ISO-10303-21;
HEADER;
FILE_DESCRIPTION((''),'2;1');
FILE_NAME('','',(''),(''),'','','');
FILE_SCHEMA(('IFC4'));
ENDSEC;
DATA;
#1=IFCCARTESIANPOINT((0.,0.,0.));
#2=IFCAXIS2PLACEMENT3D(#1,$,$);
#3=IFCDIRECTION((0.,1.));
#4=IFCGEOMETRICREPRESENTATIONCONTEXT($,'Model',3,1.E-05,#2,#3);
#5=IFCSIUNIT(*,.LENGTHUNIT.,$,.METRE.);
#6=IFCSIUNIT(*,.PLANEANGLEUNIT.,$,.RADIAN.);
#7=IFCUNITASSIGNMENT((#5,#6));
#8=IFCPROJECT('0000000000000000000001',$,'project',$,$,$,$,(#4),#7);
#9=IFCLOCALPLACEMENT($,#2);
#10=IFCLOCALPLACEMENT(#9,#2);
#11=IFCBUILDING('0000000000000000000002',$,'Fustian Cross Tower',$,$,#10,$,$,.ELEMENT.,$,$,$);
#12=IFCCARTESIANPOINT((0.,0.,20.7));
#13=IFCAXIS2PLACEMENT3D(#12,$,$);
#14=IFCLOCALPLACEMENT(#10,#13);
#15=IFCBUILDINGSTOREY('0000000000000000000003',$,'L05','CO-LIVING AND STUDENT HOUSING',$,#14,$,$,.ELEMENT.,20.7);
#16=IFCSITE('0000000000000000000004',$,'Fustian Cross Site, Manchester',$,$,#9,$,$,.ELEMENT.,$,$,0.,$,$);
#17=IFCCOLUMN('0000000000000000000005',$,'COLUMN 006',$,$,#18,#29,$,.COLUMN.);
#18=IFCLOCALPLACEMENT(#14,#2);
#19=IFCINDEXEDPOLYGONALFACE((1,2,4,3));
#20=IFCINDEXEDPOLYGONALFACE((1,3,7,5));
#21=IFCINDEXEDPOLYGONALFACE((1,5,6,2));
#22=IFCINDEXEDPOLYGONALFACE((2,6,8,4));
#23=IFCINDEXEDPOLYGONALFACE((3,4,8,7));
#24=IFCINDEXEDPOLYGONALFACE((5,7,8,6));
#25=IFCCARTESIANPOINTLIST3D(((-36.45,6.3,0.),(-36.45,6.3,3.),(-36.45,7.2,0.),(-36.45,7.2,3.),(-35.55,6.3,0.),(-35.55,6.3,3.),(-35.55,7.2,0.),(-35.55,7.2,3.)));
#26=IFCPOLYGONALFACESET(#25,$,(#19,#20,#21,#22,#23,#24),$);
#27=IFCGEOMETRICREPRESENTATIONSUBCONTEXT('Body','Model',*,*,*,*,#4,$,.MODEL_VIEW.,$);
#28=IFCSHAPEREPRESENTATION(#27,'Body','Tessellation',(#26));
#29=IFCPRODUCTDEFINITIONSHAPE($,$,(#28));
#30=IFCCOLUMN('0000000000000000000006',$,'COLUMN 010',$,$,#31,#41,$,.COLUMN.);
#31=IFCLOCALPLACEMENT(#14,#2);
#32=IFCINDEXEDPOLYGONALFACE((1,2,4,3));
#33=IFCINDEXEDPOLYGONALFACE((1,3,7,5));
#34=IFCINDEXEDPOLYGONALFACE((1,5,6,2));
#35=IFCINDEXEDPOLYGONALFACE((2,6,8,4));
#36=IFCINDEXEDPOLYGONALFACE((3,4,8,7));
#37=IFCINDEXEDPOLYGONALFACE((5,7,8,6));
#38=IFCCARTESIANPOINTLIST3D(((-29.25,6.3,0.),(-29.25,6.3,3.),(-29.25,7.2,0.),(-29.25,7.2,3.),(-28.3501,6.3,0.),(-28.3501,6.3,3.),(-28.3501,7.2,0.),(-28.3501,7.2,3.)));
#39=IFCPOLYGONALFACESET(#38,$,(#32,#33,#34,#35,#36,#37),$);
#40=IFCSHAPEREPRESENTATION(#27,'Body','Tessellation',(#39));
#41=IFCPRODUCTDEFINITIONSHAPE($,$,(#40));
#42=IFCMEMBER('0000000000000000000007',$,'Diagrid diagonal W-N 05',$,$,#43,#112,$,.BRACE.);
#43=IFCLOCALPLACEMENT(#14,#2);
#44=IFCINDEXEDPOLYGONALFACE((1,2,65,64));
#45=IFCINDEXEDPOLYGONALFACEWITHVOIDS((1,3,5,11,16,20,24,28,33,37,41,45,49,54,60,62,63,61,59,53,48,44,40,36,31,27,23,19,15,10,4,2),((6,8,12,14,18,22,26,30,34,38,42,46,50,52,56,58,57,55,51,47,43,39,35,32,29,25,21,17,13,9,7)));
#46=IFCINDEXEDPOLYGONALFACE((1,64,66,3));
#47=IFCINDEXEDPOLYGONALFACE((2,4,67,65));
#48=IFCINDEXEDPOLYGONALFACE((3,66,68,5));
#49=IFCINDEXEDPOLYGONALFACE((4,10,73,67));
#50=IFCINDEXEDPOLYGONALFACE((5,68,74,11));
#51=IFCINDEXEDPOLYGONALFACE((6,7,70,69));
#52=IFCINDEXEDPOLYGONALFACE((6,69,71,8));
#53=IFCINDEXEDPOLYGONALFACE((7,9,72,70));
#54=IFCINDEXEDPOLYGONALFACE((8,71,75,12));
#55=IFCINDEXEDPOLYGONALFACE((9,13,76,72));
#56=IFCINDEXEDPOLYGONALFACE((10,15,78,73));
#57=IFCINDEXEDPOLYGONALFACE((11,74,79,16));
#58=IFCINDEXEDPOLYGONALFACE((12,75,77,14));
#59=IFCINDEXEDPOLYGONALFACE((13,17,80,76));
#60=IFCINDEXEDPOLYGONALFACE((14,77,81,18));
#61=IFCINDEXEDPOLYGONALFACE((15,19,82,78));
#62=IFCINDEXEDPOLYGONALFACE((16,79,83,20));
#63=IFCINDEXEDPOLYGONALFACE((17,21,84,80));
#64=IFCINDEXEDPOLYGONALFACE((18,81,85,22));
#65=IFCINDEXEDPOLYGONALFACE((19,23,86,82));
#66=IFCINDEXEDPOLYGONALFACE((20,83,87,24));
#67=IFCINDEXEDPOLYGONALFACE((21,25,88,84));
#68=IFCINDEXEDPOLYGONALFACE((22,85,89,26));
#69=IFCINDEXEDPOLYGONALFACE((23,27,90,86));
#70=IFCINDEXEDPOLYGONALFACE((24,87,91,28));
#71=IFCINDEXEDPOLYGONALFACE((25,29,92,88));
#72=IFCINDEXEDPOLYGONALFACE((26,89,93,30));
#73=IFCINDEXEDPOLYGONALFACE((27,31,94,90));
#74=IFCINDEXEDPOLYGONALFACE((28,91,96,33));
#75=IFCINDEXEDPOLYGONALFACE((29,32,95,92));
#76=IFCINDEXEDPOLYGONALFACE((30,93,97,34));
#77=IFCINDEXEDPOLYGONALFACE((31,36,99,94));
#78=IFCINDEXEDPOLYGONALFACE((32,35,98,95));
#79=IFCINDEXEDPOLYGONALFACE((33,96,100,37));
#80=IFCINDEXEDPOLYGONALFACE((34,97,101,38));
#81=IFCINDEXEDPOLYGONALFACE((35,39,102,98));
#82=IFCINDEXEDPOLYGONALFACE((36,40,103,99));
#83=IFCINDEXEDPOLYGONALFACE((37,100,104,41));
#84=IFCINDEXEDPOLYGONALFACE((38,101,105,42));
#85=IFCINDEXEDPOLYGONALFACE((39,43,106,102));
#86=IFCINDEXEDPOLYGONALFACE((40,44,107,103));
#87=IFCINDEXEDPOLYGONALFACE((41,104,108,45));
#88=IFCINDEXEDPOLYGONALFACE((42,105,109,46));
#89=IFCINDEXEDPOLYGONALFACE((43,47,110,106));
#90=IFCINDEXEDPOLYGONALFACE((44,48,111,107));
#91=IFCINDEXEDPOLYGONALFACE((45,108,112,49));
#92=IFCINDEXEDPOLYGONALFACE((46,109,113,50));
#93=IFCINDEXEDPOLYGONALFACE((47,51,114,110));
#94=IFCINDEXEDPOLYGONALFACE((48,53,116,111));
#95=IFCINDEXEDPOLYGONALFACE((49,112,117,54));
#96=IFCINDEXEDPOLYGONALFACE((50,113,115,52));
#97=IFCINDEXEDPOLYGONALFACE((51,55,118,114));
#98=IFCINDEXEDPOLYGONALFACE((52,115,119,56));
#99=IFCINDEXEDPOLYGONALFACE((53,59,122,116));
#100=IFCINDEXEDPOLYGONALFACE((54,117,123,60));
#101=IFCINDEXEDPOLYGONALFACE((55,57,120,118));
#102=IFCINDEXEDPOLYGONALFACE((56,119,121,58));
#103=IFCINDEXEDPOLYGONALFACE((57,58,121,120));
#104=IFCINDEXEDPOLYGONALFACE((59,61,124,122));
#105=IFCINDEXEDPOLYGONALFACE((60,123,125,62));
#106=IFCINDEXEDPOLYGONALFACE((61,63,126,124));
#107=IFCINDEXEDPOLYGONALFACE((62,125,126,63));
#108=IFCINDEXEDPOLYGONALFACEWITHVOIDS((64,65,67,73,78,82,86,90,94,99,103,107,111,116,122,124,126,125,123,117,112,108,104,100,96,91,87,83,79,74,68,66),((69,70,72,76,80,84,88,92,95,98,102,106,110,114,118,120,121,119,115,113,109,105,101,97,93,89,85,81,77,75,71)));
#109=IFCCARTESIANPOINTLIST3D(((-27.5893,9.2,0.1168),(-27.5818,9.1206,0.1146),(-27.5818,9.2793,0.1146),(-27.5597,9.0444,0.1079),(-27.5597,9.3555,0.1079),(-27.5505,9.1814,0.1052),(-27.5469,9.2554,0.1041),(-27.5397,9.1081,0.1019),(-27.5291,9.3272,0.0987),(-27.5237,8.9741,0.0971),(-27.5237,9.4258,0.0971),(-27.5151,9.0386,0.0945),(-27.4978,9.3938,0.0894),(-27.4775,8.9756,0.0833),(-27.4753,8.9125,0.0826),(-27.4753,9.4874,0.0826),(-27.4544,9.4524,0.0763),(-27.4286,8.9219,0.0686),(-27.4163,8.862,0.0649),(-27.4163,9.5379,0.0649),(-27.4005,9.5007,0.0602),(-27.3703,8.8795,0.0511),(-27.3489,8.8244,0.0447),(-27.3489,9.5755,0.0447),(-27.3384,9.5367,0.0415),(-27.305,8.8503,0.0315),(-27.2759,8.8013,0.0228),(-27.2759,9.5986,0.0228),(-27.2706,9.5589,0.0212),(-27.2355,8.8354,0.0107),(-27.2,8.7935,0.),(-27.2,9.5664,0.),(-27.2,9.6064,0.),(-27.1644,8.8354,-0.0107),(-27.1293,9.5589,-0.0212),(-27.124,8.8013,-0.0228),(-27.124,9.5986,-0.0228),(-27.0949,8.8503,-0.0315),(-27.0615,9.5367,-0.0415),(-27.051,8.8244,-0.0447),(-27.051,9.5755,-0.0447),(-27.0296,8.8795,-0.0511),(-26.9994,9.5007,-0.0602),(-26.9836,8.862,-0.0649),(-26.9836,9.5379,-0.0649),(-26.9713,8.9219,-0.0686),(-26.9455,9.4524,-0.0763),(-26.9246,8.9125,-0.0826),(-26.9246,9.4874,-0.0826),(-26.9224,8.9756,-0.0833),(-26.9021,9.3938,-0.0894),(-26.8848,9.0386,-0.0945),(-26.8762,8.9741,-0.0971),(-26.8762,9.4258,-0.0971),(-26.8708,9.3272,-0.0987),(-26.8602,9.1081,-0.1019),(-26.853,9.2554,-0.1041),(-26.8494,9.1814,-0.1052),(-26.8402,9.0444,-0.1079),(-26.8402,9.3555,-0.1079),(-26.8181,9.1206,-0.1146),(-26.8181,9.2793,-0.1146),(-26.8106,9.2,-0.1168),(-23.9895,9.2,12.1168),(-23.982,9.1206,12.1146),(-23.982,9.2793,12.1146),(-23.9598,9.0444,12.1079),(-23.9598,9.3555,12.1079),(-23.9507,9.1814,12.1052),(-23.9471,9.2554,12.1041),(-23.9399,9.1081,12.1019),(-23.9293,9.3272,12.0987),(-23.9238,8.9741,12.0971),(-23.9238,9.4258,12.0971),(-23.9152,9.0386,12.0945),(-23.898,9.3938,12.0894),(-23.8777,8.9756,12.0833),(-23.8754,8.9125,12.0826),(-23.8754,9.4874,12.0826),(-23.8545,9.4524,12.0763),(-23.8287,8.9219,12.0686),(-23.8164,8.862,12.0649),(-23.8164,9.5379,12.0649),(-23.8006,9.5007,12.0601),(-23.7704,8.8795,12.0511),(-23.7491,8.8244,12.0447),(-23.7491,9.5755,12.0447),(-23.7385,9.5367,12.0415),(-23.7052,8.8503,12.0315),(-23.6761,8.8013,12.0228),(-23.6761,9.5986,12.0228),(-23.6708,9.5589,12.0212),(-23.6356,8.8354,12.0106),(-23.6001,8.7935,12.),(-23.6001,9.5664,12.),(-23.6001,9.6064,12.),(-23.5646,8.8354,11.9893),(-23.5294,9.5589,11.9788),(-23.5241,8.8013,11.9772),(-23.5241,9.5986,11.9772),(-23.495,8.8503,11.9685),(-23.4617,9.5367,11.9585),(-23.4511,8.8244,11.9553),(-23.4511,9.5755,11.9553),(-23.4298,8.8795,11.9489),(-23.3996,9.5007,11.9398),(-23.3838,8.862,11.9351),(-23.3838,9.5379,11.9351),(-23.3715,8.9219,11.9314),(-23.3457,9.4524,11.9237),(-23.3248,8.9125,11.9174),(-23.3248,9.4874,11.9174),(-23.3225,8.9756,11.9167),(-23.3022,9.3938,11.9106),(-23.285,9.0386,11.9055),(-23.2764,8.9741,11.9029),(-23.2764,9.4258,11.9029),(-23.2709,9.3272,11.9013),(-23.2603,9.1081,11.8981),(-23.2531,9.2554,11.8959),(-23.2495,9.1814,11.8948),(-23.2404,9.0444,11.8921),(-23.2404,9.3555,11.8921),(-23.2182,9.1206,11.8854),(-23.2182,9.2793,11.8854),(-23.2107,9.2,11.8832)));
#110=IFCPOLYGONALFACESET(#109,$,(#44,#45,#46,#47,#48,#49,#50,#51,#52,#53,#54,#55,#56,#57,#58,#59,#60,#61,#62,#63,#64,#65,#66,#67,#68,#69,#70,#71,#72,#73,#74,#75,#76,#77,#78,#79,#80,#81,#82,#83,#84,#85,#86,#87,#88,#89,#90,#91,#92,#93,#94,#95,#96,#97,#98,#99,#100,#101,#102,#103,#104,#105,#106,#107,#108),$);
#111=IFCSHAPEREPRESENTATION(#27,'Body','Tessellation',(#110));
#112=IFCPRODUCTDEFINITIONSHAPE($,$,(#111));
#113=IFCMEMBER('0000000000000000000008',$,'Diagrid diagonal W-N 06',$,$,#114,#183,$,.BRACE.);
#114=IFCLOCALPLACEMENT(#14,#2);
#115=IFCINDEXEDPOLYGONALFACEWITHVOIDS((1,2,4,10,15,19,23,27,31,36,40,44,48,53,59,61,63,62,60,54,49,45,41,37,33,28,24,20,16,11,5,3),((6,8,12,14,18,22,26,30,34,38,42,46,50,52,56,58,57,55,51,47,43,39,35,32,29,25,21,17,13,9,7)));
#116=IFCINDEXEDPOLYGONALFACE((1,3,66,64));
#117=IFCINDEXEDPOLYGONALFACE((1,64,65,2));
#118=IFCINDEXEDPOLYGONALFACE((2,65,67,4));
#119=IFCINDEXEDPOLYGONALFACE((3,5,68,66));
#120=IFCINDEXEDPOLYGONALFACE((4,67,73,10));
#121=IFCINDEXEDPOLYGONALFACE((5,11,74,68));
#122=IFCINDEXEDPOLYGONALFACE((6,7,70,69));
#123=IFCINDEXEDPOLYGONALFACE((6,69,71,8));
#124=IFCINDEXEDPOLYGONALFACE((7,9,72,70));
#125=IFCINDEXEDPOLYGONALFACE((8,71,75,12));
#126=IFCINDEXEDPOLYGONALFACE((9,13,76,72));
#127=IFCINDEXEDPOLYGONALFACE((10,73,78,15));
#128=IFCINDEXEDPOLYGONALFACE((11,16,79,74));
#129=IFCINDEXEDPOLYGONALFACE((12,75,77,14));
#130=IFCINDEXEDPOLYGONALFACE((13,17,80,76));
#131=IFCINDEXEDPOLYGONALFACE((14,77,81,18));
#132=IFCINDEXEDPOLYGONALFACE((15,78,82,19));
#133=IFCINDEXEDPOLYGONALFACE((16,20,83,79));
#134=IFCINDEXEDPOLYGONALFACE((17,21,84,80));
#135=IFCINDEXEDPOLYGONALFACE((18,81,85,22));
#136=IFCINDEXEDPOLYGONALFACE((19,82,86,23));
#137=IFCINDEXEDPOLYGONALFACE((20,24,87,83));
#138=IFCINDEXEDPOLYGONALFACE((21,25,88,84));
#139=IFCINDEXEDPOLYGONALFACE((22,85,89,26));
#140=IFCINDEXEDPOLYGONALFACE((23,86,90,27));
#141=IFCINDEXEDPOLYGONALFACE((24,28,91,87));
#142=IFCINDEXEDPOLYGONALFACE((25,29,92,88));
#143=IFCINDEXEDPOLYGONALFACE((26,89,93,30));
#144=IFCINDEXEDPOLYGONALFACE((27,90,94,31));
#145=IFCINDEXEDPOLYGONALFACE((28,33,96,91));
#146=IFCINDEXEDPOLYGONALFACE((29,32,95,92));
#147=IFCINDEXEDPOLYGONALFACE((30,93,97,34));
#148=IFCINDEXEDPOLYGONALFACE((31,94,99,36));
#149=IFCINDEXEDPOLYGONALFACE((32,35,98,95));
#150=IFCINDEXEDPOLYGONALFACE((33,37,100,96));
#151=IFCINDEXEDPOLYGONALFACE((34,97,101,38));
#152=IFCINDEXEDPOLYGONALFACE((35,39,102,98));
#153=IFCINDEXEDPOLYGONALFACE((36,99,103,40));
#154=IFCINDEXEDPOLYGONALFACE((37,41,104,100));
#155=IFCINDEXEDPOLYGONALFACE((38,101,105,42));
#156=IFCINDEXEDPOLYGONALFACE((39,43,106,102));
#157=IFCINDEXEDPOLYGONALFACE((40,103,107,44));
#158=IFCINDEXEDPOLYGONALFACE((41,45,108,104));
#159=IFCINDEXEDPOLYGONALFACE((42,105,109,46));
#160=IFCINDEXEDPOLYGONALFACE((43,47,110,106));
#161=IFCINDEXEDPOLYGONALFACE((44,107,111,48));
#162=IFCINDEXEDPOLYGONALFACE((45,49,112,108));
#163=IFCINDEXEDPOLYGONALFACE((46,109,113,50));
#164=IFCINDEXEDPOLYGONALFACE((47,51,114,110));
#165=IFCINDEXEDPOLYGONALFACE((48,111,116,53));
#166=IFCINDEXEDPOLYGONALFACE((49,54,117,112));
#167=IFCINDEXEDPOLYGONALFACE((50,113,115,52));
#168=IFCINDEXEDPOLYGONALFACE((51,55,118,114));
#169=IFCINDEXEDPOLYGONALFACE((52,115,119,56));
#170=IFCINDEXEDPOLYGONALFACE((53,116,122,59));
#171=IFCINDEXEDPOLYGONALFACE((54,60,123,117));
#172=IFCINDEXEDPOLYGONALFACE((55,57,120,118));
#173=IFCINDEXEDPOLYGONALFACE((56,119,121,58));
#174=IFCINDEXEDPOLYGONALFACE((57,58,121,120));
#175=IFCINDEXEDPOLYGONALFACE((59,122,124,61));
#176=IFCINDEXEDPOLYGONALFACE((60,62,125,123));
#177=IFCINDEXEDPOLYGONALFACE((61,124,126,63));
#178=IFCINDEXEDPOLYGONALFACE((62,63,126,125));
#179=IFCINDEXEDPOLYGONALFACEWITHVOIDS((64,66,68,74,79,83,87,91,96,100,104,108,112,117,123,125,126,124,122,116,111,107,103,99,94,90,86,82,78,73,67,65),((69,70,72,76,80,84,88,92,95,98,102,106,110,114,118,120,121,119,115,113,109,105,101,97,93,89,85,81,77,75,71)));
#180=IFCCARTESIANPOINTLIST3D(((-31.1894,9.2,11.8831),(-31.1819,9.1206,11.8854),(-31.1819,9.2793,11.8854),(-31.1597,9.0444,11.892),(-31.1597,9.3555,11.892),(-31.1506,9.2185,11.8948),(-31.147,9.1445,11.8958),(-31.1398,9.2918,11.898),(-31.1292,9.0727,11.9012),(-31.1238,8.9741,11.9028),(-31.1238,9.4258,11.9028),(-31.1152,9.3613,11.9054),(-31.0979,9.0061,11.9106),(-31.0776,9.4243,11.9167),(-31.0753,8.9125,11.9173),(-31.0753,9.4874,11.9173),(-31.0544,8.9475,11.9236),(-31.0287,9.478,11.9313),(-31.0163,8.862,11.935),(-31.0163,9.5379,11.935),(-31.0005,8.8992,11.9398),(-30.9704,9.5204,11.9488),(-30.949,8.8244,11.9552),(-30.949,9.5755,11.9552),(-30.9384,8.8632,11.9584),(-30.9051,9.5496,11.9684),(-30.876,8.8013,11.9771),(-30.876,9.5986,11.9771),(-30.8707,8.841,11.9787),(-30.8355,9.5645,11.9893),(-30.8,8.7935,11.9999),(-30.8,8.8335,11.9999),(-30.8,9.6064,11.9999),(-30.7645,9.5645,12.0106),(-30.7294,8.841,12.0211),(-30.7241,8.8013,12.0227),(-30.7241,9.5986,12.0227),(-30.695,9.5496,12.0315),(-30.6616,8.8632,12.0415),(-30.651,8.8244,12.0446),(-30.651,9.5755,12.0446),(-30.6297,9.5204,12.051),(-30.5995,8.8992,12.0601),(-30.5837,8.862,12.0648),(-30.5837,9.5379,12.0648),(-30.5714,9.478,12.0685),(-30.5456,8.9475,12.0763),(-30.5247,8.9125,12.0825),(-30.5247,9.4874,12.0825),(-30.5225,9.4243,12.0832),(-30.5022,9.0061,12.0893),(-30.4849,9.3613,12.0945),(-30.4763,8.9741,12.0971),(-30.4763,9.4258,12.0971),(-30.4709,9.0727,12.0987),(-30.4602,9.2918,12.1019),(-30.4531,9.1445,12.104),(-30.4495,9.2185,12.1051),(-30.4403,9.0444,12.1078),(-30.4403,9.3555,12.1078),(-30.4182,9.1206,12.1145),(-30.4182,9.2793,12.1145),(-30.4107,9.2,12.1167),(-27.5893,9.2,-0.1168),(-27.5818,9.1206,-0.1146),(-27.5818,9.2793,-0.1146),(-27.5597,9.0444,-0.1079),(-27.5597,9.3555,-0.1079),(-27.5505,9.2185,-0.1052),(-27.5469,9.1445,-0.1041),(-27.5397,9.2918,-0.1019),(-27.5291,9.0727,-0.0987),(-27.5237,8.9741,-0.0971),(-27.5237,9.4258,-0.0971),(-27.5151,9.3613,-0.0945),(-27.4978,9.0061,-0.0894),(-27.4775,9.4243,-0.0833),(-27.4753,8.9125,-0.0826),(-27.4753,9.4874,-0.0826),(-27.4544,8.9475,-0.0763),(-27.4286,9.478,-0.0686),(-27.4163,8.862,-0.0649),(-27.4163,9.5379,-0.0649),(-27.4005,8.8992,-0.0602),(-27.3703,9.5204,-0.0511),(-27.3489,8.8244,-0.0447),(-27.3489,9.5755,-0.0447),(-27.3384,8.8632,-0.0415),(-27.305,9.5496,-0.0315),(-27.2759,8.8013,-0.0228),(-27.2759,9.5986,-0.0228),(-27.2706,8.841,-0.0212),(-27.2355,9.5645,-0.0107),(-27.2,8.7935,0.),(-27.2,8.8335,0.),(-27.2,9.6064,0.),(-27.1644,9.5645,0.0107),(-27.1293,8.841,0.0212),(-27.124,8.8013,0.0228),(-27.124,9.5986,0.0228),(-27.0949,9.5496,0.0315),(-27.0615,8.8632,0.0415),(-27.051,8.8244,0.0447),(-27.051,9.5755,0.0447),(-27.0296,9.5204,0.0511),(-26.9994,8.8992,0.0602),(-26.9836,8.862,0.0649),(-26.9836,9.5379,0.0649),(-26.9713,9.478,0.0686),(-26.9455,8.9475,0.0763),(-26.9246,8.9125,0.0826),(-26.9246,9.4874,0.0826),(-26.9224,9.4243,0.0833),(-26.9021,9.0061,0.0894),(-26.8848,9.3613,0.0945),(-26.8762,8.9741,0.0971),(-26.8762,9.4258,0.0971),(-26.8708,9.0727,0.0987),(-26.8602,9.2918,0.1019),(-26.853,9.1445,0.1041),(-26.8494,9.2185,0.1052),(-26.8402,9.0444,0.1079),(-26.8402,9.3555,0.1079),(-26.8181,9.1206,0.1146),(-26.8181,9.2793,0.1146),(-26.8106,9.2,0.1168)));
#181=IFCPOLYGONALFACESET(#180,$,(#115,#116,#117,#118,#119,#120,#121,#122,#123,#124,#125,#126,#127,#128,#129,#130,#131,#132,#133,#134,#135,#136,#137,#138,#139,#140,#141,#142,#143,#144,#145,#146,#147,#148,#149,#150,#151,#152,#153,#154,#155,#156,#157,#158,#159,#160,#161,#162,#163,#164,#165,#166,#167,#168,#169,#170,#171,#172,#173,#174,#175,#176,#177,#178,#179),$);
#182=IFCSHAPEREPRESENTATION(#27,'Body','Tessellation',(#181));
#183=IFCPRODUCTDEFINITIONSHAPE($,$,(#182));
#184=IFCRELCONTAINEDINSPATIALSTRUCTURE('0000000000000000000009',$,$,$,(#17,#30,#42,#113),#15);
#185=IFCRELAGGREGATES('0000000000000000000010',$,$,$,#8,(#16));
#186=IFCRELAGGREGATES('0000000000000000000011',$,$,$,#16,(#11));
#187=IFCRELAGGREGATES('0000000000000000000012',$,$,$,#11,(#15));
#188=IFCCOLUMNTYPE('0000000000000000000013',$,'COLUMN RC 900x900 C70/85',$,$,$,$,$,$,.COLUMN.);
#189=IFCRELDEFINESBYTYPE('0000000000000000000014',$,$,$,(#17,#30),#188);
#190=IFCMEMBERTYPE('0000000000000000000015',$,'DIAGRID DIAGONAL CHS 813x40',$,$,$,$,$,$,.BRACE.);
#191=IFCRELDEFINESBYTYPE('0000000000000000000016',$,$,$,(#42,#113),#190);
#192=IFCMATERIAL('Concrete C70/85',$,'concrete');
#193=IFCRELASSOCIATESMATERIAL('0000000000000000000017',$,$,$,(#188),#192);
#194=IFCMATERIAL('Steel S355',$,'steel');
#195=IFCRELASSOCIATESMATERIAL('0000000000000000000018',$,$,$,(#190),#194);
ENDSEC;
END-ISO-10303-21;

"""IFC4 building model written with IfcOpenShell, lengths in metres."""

from ifc_helpers import new_model, si_unit, direction, frame, origin, origin_2d, place, context, subcontext, project, spatial, rectangle, hollow_circle, extrude, material, material_profile, profile_set, type_object, element, save


model = new_model("IFC4")

# Units and contexts
model_context = context("Model", 3, precision=1e-05, world=origin(), true_north=direction((0.0, 1.0)))
body_context = subcontext(model_context, "Body", "Model", "MODEL_VIEW")
ifc_project = project(units=[si_unit("LENGTHUNIT", "METRE"), si_unit("PLANEANGLEUNIT", "RADIAN")], contexts=[model_context])

# Site, building, storey
site_placement = place(None, origin())
site = spatial("IfcSite", under=ifc_project, at=site_placement, Name="Fustian Cross Site, Manchester", CompositionType="ELEMENT", RefElevation=0.0)
building_placement = place(site_placement, origin())
building = spatial("IfcBuilding", under=site, at=building_placement, Name="Fustian Cross Tower", CompositionType="ELEMENT")
storey_placement = place(building_placement, frame((0.0, 0.0, 20.7)))
storey = spatial("IfcBuildingStorey", under=building, at=storey_placement, Name="L05", Description="CO-LIVING AND STUDENT HOUSING", CompositionType="ELEMENT", Elevation=20.7)

# Columns
ifc_material_1 = material(Name="Concrete C70/85", Category="concrete")
ifc_material_profile_1 = material_profile(ifc_material_1, rectangle(XDim=0.8999, YDim=0.8999, at=origin_2d()), Name="RC 900x900")
ifc_profile_set_1 = profile_set([ifc_material_profile_1], Name="Concrete C70/85")
column_type = type_object("IfcColumnType", Name="COLUMN RC 900x900 C70/85", PredefinedType="COLUMN", material=ifc_profile_set_1)
for number, where, z_axis, x_axis, name in (
    (1, (-36.0, 6.75, 0.0), (0.0, 0.0, 1.0), (1.0, 0.0, 0.0), "COLUMN 006"),
    (2, (-28.8, 6.75, 0.0), (0.0, 0.0, 1.0), (1.0, 0.0, 0.0), "COLUMN 010"),
):
    element("IfcColumn", number, at=place(storey_placement, frame(where, z_axis=z_axis, x_axis=x_axis)), inside=storey, type_object=column_type, Name=name, PredefinedType="COLUMN", context=body_context, shape_type="SweptSolid", body=[
        extrude(rectangle(XDim=0.8999, YDim=0.8999, at=origin_2d()), origin(), (0.0, 0.0, 1.0), 3.0),
    ])

# Members
ifc_material_2 = material(Name="Steel S355", Category="steel")
ifc_material_profile_2 = material_profile(ifc_material_2, hollow_circle(Radius=0.4065, WallThickness=0.04, at=origin_2d()), Name="CHS 813x40")
ifc_profile_set_2 = profile_set([ifc_material_profile_2], Name="Steel S355")
member_type = type_object("IfcMemberType", Name="DIAGRID DIAGONAL CHS 813x40", PredefinedType="BRACE", material=ifc_profile_set_2)
for number, where, z_axis, x_axis, name in (
    (3, (-27.2, 9.2, 0.0), (0.287337, 0.0, 0.95783), (0.0, 1.0, 0.0), "Diagrid diagonal W-N 05"),
    (4, (-27.2, 9.2, 0.0), (-0.287355, 0.0, 0.957824), (0.0, -1.0, 0.0), "Diagrid diagonal W-N 06"),
):
    element("IfcMember", number, at=place(storey_placement, frame(where, z_axis=z_axis, x_axis=x_axis)), inside=storey, type_object=member_type, Name=name, PredefinedType="BRACE", context=body_context, shape_type="SweptSolid", body=[
        extrude(hollow_circle(Radius=0.4065, WallThickness=0.04, at=origin_2d()), origin(), (0.0, 0.0, 1.0), 12.5283),
    ])

save(model, "model.ifc")
